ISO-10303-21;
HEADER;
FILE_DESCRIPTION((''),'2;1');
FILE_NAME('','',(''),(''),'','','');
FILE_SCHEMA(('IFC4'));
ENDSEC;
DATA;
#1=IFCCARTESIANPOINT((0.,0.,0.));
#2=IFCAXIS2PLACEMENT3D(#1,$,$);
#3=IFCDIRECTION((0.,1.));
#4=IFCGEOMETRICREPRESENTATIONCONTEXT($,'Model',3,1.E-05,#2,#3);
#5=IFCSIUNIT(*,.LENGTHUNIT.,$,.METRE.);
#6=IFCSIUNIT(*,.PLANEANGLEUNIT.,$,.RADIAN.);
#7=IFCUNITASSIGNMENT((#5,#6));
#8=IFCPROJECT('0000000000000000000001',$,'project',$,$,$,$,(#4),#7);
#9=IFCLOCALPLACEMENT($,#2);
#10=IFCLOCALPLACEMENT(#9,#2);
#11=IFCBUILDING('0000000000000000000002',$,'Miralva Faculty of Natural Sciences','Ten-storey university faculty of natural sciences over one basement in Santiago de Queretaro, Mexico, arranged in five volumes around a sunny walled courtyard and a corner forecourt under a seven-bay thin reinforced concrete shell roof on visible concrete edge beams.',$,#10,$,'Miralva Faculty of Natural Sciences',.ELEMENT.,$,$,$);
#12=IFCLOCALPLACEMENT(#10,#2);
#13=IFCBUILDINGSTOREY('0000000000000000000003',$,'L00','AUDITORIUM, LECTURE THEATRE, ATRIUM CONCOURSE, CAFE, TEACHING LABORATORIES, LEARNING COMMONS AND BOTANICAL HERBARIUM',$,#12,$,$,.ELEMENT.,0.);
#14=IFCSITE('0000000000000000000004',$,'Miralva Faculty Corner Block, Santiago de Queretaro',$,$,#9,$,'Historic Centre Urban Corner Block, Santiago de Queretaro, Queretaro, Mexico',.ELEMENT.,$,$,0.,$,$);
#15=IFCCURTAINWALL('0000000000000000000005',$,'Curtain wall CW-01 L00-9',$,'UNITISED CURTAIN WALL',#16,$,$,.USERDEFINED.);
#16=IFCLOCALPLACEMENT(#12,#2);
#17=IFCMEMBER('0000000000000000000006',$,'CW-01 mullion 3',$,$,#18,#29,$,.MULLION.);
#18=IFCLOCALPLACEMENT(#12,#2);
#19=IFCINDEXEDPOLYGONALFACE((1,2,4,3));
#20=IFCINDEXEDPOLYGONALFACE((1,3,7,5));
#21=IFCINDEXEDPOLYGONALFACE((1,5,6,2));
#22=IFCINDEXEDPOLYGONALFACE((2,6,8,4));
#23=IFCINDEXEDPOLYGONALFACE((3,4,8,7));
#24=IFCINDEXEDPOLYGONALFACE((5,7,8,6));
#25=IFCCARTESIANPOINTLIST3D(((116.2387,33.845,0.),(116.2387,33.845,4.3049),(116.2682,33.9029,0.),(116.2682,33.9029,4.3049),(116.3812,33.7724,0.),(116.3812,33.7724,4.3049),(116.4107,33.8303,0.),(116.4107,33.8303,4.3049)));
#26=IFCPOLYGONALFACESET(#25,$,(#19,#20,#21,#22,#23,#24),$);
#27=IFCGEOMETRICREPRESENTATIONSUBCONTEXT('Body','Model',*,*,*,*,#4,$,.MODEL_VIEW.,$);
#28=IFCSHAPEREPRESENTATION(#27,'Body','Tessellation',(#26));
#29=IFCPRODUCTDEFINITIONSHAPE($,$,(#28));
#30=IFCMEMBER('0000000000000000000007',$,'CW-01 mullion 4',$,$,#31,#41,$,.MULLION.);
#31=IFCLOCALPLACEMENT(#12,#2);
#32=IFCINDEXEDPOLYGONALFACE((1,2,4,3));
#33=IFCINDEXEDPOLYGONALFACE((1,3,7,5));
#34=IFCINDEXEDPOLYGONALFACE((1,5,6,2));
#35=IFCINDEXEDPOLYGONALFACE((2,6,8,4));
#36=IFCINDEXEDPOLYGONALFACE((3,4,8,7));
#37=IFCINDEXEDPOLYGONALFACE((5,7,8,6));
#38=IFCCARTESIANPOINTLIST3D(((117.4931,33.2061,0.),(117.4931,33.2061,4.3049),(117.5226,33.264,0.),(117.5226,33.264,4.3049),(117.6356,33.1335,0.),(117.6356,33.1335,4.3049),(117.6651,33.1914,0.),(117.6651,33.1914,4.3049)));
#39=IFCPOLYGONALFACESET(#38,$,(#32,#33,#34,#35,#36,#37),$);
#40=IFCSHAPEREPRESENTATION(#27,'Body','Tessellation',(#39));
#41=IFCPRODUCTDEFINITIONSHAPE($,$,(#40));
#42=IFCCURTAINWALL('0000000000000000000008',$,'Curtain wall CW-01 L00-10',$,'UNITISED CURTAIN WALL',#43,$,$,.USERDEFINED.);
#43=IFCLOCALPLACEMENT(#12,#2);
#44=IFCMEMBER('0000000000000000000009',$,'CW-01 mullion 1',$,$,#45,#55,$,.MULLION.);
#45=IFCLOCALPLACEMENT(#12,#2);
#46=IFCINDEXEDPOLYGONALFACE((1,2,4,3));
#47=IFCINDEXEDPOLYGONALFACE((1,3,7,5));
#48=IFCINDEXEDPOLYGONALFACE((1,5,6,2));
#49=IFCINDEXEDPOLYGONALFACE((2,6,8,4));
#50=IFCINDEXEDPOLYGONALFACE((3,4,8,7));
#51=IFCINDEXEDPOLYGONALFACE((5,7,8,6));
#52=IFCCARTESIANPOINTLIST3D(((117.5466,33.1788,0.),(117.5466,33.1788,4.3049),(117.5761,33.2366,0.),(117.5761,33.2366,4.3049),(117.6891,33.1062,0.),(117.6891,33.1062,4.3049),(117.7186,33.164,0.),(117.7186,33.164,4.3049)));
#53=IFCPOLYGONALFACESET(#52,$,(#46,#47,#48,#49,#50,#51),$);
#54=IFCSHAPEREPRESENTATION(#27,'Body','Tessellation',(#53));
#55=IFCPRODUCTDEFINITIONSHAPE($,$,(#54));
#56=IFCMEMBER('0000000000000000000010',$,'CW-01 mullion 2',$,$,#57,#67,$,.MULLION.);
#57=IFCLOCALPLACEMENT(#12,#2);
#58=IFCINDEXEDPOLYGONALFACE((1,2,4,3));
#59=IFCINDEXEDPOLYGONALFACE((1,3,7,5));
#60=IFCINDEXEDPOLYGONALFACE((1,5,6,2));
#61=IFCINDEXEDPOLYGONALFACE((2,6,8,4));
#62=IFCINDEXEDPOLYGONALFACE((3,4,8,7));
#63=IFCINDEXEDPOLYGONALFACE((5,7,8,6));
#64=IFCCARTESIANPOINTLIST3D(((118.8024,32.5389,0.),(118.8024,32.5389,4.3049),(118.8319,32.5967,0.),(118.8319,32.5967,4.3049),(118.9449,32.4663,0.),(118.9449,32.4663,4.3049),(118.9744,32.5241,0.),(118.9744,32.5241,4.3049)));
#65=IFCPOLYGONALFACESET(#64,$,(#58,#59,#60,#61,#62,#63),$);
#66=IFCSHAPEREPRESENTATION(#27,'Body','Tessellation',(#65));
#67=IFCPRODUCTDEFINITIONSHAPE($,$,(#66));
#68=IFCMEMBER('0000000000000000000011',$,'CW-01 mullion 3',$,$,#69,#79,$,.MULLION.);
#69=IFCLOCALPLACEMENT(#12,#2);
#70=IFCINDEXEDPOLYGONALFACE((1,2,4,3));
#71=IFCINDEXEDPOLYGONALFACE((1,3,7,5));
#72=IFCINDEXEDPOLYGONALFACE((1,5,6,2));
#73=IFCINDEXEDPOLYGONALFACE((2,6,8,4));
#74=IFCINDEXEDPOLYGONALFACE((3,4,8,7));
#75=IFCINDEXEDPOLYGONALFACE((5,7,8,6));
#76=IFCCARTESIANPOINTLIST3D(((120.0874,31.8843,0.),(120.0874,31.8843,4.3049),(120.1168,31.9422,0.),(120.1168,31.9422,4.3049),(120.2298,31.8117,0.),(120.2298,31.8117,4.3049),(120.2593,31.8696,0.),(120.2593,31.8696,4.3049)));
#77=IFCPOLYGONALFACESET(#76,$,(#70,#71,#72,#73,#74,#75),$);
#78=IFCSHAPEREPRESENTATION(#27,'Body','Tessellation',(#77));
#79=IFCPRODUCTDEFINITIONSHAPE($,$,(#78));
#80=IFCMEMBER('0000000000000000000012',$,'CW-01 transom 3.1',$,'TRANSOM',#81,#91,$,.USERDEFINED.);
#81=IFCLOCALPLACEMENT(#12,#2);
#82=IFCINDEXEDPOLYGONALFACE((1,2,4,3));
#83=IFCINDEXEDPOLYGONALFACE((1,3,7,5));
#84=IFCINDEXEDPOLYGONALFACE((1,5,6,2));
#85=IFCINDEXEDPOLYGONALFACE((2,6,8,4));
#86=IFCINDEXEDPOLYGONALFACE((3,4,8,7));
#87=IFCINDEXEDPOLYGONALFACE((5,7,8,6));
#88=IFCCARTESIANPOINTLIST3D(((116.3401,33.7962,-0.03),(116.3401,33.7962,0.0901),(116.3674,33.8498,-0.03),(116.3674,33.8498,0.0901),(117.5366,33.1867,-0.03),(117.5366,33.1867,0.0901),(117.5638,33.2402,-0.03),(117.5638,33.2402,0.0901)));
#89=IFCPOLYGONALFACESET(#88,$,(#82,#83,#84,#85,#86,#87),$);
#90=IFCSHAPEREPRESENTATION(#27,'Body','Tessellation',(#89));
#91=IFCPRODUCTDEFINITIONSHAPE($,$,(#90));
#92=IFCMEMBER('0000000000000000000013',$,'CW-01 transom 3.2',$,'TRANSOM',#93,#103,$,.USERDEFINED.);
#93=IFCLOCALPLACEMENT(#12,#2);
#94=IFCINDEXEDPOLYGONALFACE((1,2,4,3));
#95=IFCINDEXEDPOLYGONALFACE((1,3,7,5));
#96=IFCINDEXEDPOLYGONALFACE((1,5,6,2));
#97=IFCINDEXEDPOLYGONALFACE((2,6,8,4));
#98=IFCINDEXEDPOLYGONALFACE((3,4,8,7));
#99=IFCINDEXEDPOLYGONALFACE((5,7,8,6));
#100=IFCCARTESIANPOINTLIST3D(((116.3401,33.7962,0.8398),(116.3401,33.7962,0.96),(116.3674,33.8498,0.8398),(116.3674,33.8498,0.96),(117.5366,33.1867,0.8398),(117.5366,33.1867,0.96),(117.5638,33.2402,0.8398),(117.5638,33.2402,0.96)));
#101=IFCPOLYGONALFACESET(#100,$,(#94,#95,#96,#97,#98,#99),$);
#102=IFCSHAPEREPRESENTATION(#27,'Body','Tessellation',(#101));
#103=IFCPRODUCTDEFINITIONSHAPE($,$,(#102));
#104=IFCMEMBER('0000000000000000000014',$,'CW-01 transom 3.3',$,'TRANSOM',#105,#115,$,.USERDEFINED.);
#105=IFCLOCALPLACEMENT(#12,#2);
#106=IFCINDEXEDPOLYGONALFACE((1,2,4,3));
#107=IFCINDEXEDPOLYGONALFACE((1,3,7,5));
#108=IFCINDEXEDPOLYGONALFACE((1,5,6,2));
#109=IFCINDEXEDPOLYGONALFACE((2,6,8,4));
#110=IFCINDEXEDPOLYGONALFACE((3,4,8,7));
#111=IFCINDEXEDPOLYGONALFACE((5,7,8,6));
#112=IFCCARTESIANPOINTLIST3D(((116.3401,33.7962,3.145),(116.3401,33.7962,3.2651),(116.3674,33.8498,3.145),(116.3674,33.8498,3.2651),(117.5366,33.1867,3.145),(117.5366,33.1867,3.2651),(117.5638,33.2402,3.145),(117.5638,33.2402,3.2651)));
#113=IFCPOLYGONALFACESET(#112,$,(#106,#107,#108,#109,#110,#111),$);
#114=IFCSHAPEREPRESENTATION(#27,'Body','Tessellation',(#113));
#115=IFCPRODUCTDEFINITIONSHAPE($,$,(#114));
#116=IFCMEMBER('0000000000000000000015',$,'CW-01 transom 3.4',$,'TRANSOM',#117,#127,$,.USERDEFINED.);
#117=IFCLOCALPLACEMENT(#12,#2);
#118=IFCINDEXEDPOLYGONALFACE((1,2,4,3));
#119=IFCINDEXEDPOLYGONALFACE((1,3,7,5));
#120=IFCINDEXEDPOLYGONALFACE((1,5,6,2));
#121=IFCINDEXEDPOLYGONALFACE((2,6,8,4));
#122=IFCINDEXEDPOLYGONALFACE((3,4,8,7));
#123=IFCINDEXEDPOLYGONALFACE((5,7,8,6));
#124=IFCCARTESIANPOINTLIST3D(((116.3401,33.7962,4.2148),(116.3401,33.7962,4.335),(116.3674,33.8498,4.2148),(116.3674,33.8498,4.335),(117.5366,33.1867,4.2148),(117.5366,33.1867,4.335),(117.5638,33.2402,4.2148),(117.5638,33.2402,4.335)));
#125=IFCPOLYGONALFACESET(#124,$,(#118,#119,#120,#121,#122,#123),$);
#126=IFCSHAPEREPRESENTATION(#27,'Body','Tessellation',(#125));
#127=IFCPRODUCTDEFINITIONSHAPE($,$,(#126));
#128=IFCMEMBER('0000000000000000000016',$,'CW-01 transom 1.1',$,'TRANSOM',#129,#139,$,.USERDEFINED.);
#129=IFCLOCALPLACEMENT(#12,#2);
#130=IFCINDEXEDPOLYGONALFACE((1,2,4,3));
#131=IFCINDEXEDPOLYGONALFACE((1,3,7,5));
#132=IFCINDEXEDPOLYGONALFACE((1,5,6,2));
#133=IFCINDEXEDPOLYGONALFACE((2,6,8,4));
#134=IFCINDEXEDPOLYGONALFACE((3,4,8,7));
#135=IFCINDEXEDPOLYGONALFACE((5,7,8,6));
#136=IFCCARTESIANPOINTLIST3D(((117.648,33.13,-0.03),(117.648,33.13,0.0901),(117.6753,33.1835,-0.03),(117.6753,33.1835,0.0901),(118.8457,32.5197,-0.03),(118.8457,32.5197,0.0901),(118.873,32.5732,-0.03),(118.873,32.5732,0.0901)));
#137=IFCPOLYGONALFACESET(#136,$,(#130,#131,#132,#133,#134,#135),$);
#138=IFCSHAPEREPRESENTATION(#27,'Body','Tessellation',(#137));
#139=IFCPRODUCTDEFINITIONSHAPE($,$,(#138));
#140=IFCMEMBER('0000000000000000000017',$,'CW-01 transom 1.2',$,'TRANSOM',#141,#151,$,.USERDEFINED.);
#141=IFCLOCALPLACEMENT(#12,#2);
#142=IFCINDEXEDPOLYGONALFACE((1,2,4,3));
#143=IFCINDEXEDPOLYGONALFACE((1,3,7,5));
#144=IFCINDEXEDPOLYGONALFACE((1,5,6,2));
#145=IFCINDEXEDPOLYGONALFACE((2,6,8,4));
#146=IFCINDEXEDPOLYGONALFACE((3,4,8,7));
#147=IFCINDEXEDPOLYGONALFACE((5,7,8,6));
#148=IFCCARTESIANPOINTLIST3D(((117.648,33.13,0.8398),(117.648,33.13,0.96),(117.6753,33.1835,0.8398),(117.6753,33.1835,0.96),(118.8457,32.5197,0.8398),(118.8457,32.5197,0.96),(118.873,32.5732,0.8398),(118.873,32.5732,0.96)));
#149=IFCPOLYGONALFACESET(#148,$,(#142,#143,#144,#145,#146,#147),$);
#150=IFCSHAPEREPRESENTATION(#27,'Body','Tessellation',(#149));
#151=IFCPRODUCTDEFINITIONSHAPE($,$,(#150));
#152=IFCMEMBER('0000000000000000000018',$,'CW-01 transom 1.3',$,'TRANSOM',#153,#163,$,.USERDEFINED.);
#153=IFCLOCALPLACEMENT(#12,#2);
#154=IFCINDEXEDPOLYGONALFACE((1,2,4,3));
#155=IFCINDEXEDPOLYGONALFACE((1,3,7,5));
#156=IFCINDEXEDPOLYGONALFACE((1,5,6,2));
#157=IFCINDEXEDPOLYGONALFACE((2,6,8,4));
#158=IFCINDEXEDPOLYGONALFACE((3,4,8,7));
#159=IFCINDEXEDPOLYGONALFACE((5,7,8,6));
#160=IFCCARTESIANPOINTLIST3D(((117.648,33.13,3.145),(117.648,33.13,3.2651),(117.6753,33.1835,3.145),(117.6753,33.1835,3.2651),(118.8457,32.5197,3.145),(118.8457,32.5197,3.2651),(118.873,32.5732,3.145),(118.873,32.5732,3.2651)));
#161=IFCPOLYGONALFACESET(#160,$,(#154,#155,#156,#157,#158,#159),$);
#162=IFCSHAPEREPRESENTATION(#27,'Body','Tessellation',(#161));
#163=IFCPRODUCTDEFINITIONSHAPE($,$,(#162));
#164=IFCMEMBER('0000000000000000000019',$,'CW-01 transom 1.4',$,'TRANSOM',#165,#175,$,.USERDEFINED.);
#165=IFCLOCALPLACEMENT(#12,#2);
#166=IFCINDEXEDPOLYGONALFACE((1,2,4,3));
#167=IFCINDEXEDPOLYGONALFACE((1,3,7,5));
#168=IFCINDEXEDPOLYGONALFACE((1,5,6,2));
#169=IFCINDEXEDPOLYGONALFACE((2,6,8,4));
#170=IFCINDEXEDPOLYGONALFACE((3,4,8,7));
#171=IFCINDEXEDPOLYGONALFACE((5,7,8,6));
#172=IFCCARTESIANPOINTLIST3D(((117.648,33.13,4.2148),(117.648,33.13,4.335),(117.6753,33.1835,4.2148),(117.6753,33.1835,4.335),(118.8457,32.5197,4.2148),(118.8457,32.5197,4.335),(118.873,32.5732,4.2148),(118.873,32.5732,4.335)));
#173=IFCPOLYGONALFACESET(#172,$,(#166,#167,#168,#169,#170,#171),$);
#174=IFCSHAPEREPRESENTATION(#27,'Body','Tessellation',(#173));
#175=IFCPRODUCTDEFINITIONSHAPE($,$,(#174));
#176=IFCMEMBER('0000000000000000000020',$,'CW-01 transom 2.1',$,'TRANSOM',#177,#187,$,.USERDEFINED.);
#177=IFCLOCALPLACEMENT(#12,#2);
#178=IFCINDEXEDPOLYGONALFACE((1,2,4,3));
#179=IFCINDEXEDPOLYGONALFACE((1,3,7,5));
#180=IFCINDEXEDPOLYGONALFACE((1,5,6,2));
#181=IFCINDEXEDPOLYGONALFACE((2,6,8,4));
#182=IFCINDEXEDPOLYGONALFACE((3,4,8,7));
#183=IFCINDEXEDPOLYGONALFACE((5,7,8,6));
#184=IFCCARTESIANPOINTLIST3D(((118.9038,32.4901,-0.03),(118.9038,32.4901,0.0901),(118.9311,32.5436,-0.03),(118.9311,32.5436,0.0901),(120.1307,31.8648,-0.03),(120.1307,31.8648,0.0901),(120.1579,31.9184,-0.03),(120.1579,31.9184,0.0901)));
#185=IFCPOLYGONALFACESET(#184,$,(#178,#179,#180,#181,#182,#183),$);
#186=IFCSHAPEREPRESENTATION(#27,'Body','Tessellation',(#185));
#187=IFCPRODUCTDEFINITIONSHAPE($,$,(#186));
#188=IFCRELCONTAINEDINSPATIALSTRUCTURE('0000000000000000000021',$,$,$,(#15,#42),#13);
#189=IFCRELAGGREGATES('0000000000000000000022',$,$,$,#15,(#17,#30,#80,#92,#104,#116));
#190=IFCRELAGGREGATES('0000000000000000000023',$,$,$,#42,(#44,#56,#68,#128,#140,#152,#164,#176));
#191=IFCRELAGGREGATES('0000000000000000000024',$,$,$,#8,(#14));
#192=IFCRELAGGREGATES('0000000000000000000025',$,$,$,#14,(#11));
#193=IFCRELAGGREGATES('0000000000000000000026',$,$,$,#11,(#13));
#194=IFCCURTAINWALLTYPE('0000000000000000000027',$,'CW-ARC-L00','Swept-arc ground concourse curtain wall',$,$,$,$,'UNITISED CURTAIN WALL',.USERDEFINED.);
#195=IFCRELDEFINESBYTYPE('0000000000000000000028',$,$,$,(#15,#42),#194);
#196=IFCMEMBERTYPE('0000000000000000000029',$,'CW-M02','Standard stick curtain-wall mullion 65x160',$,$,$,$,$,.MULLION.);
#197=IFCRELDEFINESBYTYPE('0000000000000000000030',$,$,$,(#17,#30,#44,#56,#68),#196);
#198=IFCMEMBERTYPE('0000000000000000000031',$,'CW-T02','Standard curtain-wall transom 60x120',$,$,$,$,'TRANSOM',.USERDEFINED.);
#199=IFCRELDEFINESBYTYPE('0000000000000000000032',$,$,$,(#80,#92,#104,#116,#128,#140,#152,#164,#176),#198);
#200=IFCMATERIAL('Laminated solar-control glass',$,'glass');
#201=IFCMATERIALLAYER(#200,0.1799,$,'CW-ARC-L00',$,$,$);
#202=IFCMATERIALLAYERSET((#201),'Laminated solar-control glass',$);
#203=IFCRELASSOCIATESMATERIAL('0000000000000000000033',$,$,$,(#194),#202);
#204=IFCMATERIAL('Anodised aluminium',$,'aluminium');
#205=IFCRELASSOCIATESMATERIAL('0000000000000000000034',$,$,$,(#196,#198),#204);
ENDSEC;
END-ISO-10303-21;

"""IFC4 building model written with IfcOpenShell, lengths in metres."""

from ifc_helpers import new_model, si_unit, direction, frame, origin, origin_2d, place, context, subcontext, project, spatial, rectangle, extrude, material, layer, layer_set, material_profile, profile_set, type_object, element, aggregate, save


model = new_model("IFC4")

# Units and contexts
model_context = context("Model", 3, precision=1e-05, world=origin(), true_north=direction((0.0, 1.0)))
body_context = subcontext(model_context, "Body", "Model", "MODEL_VIEW")
ifc_project = project(units=[si_unit("LENGTHUNIT", "METRE"), si_unit("PLANEANGLEUNIT", "RADIAN")], contexts=[model_context])

# Site, building, storey
site_placement = place(None, origin())
site = spatial("IfcSite", under=ifc_project, at=site_placement, Name="Miralva Faculty Corner Block, Santiago de Queretaro", LongName="Historic Centre Urban Corner Block, Santiago de Queretaro, Queretaro, Mexico", CompositionType="ELEMENT", RefElevation=0.0)
building_placement = place(site_placement, origin())
building = spatial("IfcBuilding", under=site, at=building_placement, Name="Miralva Faculty of Natural Sciences", Description="Ten-storey university faculty of natural sciences over one basement in Santiago de Queretaro, Mexico, arranged in five volumes around a sunny walled courtyard and a corner forecourt under a seven-bay thin reinforced concrete shell roof on visible concrete edge beams.", LongName="Miralva Faculty of Natural Sciences", CompositionType="ELEMENT")
storey_placement = place(building_placement, origin())
storey = spatial("IfcBuildingStorey", under=building, at=storey_placement, Name="L00", Description="AUDITORIUM, LECTURE THEATRE, ATRIUM CONCOURSE, CAFE, TEACHING LABORATORIES, LEARNING COMMONS AND BOTANICAL HERBARIUM", CompositionType="ELEMENT", Elevation=0.0)

# Curtain walls, members
ifc_material_1 = material(Name="Laminated solar-control glass", Category="glass")
ifc_layer_1 = layer(ifc_material_1, 0.1799, Name="CW-ARC-L00")
ifc_layer_set_1 = layer_set([ifc_layer_1], Name="Laminated solar-control glass")
curtain_wall_type = type_object("IfcCurtainWallType", Name="CW-ARC-L00", Description="Swept-arc ground concourse curtain wall", ElementType="UNITISED CURTAIN WALL", PredefinedType="USERDEFINED", material=ifc_layer_set_1)
curtain_wall_1_placement = place(storey_placement, origin())
curtain_wall_1 = element("IfcCurtainWall", 1, at=curtain_wall_1_placement, inside=storey, type_object=curtain_wall_type, Name="Curtain wall CW-01 L00-9", ObjectType="UNITISED CURTAIN WALL", PredefinedType="USERDEFINED")
ifc_material_2 = material(Name="Anodised aluminium", Category="aluminium")
ifc_material_profile_1 = material_profile(ifc_material_2, rectangle(XDim=0.0649, YDim=0.1599, at=origin_2d()), Name="MULLION 65x160")
ifc_profile_set_1 = profile_set([ifc_material_profile_1], Name="Anodised aluminium")
member_type_1 = type_object("IfcMemberType", Name="CW-M02", Description="Standard stick curtain-wall mullion 65x160", PredefinedType="MULLION", material=ifc_profile_set_1)
member_1_placement = place(storey_placement, frame((116.3247, 33.8376, 0.0), z_axis=(0.0, 0.0, 1.0), x_axis=(0.453968, 0.891018, 0.0)))
member_1 = element("IfcMember", 2, at=member_1_placement, type_object=member_type_1, Name="CW-01 mullion 3", PredefinedType="MULLION", context=body_context, shape_type="SweptSolid", body=[
    extrude(rectangle(XDim=0.0649, YDim=0.1599, at=origin_2d()), origin(), (0.0, 0.0, 1.0), 4.3049),
])
member_2_placement = place(storey_placement, frame((117.5791, 33.1987, 0.0), z_axis=(0.0, 0.0, 1.0), x_axis=(0.453968, 0.891018, 0.0)))
member_2 = element("IfcMember", 3, at=member_2_placement, type_object=member_type_1, Name="CW-01 mullion 4", PredefinedType="MULLION", context=body_context, shape_type="SweptSolid", body=[
    extrude(rectangle(XDim=0.0649, YDim=0.1599, at=origin_2d()), origin(), (0.0, 0.0, 1.0), 4.3049),
])
curtain_wall_2_placement = place(storey_placement, origin())
curtain_wall_2 = element("IfcCurtainWall", 4, at=curtain_wall_2_placement, inside=storey, type_object=curtain_wall_type, Name="Curtain wall CW-01 L00-10", ObjectType="UNITISED CURTAIN WALL", PredefinedType="USERDEFINED")
member_3_placement = place(storey_placement, frame((117.6326, 33.1714, 0.0), z_axis=(0.0, 0.0, 1.0), x_axis=(0.453997, 0.891003, 0.0)))
member_3 = element("IfcMember", 5, at=member_3_placement, type_object=member_type_1, Name="CW-01 mullion 1", PredefinedType="MULLION", context=body_context, shape_type="SweptSolid", body=[
    extrude(rectangle(XDim=0.0649, YDim=0.1599, at=origin_2d()), origin(), (0.0, 0.0, 1.0), 4.3049),
])
member_4_placement = place(storey_placement, frame((118.8884, 32.5315, 0.0), z_axis=(0.0, 0.0, 1.0), x_axis=(0.453997, 0.891003, 0.0)))
member_4 = element("IfcMember", 6, at=member_4_placement, type_object=member_type_1, Name="CW-01 mullion 2", PredefinedType="MULLION", context=body_context, shape_type="SweptSolid", body=[
    extrude(rectangle(XDim=0.0649, YDim=0.1599, at=origin_2d()), origin(), (0.0, 0.0, 1.0), 4.3049),
])
member_5_placement = place(storey_placement, frame((120.1733, 31.877, 0.0), z_axis=(0.0, 0.0, 1.0), x_axis=(0.453997, 0.891003, 0.0)))
member_5 = element("IfcMember", 7, at=member_5_placement, type_object=member_type_1, Name="CW-01 mullion 3", PredefinedType="MULLION", context=body_context, shape_type="SweptSolid", body=[
    extrude(rectangle(XDim=0.0649, YDim=0.1599, at=origin_2d()), origin(), (0.0, 0.0, 1.0), 4.3049),
])

# Members
ifc_material_profile_2 = material_profile(ifc_material_2, rectangle(XDim=0.0601, YDim=0.1201, at=origin_2d()), Name="TRANSOM 60x120")
ifc_profile_set_2 = profile_set([ifc_material_profile_2], Name="Anodised aluminium")
member_type_2 = type_object("IfcMemberType", Name="CW-T02", Description="Standard curtain-wall transom 60x120", ElementType="TRANSOM", PredefinedType="USERDEFINED", material=ifc_profile_set_2)
member_6_placement = place(storey_placement, frame((116.3538, 33.823, 0.03), z_axis=(0.89102, -0.453964, 0.0), x_axis=(0.453964, 0.89102, 0.0)))
member_6 = element("IfcMember", 8, at=member_6_placement, type_object=member_type_2, Name="CW-01 transom 3.1", ObjectType="TRANSOM", PredefinedType="USERDEFINED", context=body_context, shape_type="SweptSolid", body=[
    extrude(rectangle(XDim=0.0601, YDim=0.1201, at=origin_2d()), origin(), (0.0, 0.0, 1.0), 1.3428),
])
member_7_placement = place(storey_placement, frame((116.3538, 33.823, 0.8999), z_axis=(0.89102, -0.453964, 0.0), x_axis=(0.453964, 0.89102, 0.0)))
member_7 = element("IfcMember", 9, at=member_7_placement, type_object=member_type_2, Name="CW-01 transom 3.2", ObjectType="TRANSOM", PredefinedType="USERDEFINED", context=body_context, shape_type="SweptSolid", body=[
    extrude(rectangle(XDim=0.0601, YDim=0.1201, at=origin_2d()), origin(), (0.0, 0.0, 1.0), 1.3428),
])
member_8_placement = place(storey_placement, frame((116.3538, 33.823, 3.2051), z_axis=(0.89102, -0.453964, 0.0), x_axis=(0.453964, 0.89102, 0.0)))
member_8 = element("IfcMember", 10, at=member_8_placement, type_object=member_type_2, Name="CW-01 transom 3.3", ObjectType="TRANSOM", PredefinedType="USERDEFINED", context=body_context, shape_type="SweptSolid", body=[
    extrude(rectangle(XDim=0.0601, YDim=0.1201, at=origin_2d()), origin(), (0.0, 0.0, 1.0), 1.3428),
])
member_9_placement = place(storey_placement, frame((116.3538, 33.823, 4.2749), z_axis=(0.89102, -0.453964, 0.0), x_axis=(0.453964, 0.89102, 0.0)))
member_9 = element("IfcMember", 11, at=member_9_placement, type_object=member_type_2, Name="CW-01 transom 3.4", ObjectType="TRANSOM", PredefinedType="USERDEFINED", context=body_context, shape_type="SweptSolid", body=[
    extrude(rectangle(XDim=0.0601, YDim=0.1201, at=origin_2d()), origin(), (0.0, 0.0, 1.0), 1.3428),
])
member_10_placement = place(storey_placement, frame((117.6616, 33.1567, 0.03), z_axis=(0.890987, -0.454029, 0.0), x_axis=(0.454029, 0.890987, 0.0)))
member_10 = element("IfcMember", 12, at=member_10_placement, type_object=member_type_2, Name="CW-01 transom 1.1", ObjectType="TRANSOM", PredefinedType="USERDEFINED", context=body_context, shape_type="SweptSolid", body=[
    extrude(rectangle(XDim=0.0601, YDim=0.1201, at=origin_2d()), origin(), (0.0, 0.0, 1.0), 1.3442),
])
member_11_placement = place(storey_placement, frame((117.6616, 33.1567, 0.8999), z_axis=(0.890987, -0.454029, 0.0), x_axis=(0.454029, 0.890987, 0.0)))
member_11 = element("IfcMember", 13, at=member_11_placement, type_object=member_type_2, Name="CW-01 transom 1.2", ObjectType="TRANSOM", PredefinedType="USERDEFINED", context=body_context, shape_type="SweptSolid", body=[
    extrude(rectangle(XDim=0.0601, YDim=0.1201, at=origin_2d()), origin(), (0.0, 0.0, 1.0), 1.3442),
])
member_12_placement = place(storey_placement, frame((117.6616, 33.1567, 3.2051), z_axis=(0.890987, -0.454029, 0.0), x_axis=(0.454029, 0.890987, 0.0)))
member_12 = element("IfcMember", 14, at=member_12_placement, type_object=member_type_2, Name="CW-01 transom 1.3", ObjectType="TRANSOM", PredefinedType="USERDEFINED", context=body_context, shape_type="SweptSolid", body=[
    extrude(rectangle(XDim=0.0601, YDim=0.1201, at=origin_2d()), origin(), (0.0, 0.0, 1.0), 1.3442),
])
member_13_placement = place(storey_placement, frame((117.6616, 33.1567, 4.2749), z_axis=(0.890987, -0.454029, 0.0), x_axis=(0.454029, 0.890987, 0.0)))
member_13 = element("IfcMember", 15, at=member_13_placement, type_object=member_type_2, Name="CW-01 transom 1.4", ObjectType="TRANSOM", PredefinedType="USERDEFINED", context=body_context, shape_type="SweptSolid", body=[
    extrude(rectangle(XDim=0.0601, YDim=0.1201, at=origin_2d()), origin(), (0.0, 0.0, 1.0), 1.3442),
])
member_14_placement = place(storey_placement, frame((118.9175, 32.5168, 0.03), z_axis=(0.890961, -0.45408, 0.0), x_axis=(0.45408, 0.890961, 0.0)))
member_14 = element("IfcMember", 16, at=member_14_placement, type_object=member_type_2, Name="CW-01 transom 2.1", ObjectType="TRANSOM", PredefinedType="USERDEFINED", context=body_context, shape_type="SweptSolid", body=[
    extrude(rectangle(XDim=0.0601, YDim=0.1201, at=origin_2d()), origin(), (0.0, 0.0, 1.0), 1.377),
])

aggregate(curtain_wall_1, [member_1, member_2, member_6, member_7, member_8, member_9])
aggregate(curtain_wall_2, [member_3, member_4, member_5, member_10, member_11, member_12, member_13, member_14])

save(model, "model.ifc")
